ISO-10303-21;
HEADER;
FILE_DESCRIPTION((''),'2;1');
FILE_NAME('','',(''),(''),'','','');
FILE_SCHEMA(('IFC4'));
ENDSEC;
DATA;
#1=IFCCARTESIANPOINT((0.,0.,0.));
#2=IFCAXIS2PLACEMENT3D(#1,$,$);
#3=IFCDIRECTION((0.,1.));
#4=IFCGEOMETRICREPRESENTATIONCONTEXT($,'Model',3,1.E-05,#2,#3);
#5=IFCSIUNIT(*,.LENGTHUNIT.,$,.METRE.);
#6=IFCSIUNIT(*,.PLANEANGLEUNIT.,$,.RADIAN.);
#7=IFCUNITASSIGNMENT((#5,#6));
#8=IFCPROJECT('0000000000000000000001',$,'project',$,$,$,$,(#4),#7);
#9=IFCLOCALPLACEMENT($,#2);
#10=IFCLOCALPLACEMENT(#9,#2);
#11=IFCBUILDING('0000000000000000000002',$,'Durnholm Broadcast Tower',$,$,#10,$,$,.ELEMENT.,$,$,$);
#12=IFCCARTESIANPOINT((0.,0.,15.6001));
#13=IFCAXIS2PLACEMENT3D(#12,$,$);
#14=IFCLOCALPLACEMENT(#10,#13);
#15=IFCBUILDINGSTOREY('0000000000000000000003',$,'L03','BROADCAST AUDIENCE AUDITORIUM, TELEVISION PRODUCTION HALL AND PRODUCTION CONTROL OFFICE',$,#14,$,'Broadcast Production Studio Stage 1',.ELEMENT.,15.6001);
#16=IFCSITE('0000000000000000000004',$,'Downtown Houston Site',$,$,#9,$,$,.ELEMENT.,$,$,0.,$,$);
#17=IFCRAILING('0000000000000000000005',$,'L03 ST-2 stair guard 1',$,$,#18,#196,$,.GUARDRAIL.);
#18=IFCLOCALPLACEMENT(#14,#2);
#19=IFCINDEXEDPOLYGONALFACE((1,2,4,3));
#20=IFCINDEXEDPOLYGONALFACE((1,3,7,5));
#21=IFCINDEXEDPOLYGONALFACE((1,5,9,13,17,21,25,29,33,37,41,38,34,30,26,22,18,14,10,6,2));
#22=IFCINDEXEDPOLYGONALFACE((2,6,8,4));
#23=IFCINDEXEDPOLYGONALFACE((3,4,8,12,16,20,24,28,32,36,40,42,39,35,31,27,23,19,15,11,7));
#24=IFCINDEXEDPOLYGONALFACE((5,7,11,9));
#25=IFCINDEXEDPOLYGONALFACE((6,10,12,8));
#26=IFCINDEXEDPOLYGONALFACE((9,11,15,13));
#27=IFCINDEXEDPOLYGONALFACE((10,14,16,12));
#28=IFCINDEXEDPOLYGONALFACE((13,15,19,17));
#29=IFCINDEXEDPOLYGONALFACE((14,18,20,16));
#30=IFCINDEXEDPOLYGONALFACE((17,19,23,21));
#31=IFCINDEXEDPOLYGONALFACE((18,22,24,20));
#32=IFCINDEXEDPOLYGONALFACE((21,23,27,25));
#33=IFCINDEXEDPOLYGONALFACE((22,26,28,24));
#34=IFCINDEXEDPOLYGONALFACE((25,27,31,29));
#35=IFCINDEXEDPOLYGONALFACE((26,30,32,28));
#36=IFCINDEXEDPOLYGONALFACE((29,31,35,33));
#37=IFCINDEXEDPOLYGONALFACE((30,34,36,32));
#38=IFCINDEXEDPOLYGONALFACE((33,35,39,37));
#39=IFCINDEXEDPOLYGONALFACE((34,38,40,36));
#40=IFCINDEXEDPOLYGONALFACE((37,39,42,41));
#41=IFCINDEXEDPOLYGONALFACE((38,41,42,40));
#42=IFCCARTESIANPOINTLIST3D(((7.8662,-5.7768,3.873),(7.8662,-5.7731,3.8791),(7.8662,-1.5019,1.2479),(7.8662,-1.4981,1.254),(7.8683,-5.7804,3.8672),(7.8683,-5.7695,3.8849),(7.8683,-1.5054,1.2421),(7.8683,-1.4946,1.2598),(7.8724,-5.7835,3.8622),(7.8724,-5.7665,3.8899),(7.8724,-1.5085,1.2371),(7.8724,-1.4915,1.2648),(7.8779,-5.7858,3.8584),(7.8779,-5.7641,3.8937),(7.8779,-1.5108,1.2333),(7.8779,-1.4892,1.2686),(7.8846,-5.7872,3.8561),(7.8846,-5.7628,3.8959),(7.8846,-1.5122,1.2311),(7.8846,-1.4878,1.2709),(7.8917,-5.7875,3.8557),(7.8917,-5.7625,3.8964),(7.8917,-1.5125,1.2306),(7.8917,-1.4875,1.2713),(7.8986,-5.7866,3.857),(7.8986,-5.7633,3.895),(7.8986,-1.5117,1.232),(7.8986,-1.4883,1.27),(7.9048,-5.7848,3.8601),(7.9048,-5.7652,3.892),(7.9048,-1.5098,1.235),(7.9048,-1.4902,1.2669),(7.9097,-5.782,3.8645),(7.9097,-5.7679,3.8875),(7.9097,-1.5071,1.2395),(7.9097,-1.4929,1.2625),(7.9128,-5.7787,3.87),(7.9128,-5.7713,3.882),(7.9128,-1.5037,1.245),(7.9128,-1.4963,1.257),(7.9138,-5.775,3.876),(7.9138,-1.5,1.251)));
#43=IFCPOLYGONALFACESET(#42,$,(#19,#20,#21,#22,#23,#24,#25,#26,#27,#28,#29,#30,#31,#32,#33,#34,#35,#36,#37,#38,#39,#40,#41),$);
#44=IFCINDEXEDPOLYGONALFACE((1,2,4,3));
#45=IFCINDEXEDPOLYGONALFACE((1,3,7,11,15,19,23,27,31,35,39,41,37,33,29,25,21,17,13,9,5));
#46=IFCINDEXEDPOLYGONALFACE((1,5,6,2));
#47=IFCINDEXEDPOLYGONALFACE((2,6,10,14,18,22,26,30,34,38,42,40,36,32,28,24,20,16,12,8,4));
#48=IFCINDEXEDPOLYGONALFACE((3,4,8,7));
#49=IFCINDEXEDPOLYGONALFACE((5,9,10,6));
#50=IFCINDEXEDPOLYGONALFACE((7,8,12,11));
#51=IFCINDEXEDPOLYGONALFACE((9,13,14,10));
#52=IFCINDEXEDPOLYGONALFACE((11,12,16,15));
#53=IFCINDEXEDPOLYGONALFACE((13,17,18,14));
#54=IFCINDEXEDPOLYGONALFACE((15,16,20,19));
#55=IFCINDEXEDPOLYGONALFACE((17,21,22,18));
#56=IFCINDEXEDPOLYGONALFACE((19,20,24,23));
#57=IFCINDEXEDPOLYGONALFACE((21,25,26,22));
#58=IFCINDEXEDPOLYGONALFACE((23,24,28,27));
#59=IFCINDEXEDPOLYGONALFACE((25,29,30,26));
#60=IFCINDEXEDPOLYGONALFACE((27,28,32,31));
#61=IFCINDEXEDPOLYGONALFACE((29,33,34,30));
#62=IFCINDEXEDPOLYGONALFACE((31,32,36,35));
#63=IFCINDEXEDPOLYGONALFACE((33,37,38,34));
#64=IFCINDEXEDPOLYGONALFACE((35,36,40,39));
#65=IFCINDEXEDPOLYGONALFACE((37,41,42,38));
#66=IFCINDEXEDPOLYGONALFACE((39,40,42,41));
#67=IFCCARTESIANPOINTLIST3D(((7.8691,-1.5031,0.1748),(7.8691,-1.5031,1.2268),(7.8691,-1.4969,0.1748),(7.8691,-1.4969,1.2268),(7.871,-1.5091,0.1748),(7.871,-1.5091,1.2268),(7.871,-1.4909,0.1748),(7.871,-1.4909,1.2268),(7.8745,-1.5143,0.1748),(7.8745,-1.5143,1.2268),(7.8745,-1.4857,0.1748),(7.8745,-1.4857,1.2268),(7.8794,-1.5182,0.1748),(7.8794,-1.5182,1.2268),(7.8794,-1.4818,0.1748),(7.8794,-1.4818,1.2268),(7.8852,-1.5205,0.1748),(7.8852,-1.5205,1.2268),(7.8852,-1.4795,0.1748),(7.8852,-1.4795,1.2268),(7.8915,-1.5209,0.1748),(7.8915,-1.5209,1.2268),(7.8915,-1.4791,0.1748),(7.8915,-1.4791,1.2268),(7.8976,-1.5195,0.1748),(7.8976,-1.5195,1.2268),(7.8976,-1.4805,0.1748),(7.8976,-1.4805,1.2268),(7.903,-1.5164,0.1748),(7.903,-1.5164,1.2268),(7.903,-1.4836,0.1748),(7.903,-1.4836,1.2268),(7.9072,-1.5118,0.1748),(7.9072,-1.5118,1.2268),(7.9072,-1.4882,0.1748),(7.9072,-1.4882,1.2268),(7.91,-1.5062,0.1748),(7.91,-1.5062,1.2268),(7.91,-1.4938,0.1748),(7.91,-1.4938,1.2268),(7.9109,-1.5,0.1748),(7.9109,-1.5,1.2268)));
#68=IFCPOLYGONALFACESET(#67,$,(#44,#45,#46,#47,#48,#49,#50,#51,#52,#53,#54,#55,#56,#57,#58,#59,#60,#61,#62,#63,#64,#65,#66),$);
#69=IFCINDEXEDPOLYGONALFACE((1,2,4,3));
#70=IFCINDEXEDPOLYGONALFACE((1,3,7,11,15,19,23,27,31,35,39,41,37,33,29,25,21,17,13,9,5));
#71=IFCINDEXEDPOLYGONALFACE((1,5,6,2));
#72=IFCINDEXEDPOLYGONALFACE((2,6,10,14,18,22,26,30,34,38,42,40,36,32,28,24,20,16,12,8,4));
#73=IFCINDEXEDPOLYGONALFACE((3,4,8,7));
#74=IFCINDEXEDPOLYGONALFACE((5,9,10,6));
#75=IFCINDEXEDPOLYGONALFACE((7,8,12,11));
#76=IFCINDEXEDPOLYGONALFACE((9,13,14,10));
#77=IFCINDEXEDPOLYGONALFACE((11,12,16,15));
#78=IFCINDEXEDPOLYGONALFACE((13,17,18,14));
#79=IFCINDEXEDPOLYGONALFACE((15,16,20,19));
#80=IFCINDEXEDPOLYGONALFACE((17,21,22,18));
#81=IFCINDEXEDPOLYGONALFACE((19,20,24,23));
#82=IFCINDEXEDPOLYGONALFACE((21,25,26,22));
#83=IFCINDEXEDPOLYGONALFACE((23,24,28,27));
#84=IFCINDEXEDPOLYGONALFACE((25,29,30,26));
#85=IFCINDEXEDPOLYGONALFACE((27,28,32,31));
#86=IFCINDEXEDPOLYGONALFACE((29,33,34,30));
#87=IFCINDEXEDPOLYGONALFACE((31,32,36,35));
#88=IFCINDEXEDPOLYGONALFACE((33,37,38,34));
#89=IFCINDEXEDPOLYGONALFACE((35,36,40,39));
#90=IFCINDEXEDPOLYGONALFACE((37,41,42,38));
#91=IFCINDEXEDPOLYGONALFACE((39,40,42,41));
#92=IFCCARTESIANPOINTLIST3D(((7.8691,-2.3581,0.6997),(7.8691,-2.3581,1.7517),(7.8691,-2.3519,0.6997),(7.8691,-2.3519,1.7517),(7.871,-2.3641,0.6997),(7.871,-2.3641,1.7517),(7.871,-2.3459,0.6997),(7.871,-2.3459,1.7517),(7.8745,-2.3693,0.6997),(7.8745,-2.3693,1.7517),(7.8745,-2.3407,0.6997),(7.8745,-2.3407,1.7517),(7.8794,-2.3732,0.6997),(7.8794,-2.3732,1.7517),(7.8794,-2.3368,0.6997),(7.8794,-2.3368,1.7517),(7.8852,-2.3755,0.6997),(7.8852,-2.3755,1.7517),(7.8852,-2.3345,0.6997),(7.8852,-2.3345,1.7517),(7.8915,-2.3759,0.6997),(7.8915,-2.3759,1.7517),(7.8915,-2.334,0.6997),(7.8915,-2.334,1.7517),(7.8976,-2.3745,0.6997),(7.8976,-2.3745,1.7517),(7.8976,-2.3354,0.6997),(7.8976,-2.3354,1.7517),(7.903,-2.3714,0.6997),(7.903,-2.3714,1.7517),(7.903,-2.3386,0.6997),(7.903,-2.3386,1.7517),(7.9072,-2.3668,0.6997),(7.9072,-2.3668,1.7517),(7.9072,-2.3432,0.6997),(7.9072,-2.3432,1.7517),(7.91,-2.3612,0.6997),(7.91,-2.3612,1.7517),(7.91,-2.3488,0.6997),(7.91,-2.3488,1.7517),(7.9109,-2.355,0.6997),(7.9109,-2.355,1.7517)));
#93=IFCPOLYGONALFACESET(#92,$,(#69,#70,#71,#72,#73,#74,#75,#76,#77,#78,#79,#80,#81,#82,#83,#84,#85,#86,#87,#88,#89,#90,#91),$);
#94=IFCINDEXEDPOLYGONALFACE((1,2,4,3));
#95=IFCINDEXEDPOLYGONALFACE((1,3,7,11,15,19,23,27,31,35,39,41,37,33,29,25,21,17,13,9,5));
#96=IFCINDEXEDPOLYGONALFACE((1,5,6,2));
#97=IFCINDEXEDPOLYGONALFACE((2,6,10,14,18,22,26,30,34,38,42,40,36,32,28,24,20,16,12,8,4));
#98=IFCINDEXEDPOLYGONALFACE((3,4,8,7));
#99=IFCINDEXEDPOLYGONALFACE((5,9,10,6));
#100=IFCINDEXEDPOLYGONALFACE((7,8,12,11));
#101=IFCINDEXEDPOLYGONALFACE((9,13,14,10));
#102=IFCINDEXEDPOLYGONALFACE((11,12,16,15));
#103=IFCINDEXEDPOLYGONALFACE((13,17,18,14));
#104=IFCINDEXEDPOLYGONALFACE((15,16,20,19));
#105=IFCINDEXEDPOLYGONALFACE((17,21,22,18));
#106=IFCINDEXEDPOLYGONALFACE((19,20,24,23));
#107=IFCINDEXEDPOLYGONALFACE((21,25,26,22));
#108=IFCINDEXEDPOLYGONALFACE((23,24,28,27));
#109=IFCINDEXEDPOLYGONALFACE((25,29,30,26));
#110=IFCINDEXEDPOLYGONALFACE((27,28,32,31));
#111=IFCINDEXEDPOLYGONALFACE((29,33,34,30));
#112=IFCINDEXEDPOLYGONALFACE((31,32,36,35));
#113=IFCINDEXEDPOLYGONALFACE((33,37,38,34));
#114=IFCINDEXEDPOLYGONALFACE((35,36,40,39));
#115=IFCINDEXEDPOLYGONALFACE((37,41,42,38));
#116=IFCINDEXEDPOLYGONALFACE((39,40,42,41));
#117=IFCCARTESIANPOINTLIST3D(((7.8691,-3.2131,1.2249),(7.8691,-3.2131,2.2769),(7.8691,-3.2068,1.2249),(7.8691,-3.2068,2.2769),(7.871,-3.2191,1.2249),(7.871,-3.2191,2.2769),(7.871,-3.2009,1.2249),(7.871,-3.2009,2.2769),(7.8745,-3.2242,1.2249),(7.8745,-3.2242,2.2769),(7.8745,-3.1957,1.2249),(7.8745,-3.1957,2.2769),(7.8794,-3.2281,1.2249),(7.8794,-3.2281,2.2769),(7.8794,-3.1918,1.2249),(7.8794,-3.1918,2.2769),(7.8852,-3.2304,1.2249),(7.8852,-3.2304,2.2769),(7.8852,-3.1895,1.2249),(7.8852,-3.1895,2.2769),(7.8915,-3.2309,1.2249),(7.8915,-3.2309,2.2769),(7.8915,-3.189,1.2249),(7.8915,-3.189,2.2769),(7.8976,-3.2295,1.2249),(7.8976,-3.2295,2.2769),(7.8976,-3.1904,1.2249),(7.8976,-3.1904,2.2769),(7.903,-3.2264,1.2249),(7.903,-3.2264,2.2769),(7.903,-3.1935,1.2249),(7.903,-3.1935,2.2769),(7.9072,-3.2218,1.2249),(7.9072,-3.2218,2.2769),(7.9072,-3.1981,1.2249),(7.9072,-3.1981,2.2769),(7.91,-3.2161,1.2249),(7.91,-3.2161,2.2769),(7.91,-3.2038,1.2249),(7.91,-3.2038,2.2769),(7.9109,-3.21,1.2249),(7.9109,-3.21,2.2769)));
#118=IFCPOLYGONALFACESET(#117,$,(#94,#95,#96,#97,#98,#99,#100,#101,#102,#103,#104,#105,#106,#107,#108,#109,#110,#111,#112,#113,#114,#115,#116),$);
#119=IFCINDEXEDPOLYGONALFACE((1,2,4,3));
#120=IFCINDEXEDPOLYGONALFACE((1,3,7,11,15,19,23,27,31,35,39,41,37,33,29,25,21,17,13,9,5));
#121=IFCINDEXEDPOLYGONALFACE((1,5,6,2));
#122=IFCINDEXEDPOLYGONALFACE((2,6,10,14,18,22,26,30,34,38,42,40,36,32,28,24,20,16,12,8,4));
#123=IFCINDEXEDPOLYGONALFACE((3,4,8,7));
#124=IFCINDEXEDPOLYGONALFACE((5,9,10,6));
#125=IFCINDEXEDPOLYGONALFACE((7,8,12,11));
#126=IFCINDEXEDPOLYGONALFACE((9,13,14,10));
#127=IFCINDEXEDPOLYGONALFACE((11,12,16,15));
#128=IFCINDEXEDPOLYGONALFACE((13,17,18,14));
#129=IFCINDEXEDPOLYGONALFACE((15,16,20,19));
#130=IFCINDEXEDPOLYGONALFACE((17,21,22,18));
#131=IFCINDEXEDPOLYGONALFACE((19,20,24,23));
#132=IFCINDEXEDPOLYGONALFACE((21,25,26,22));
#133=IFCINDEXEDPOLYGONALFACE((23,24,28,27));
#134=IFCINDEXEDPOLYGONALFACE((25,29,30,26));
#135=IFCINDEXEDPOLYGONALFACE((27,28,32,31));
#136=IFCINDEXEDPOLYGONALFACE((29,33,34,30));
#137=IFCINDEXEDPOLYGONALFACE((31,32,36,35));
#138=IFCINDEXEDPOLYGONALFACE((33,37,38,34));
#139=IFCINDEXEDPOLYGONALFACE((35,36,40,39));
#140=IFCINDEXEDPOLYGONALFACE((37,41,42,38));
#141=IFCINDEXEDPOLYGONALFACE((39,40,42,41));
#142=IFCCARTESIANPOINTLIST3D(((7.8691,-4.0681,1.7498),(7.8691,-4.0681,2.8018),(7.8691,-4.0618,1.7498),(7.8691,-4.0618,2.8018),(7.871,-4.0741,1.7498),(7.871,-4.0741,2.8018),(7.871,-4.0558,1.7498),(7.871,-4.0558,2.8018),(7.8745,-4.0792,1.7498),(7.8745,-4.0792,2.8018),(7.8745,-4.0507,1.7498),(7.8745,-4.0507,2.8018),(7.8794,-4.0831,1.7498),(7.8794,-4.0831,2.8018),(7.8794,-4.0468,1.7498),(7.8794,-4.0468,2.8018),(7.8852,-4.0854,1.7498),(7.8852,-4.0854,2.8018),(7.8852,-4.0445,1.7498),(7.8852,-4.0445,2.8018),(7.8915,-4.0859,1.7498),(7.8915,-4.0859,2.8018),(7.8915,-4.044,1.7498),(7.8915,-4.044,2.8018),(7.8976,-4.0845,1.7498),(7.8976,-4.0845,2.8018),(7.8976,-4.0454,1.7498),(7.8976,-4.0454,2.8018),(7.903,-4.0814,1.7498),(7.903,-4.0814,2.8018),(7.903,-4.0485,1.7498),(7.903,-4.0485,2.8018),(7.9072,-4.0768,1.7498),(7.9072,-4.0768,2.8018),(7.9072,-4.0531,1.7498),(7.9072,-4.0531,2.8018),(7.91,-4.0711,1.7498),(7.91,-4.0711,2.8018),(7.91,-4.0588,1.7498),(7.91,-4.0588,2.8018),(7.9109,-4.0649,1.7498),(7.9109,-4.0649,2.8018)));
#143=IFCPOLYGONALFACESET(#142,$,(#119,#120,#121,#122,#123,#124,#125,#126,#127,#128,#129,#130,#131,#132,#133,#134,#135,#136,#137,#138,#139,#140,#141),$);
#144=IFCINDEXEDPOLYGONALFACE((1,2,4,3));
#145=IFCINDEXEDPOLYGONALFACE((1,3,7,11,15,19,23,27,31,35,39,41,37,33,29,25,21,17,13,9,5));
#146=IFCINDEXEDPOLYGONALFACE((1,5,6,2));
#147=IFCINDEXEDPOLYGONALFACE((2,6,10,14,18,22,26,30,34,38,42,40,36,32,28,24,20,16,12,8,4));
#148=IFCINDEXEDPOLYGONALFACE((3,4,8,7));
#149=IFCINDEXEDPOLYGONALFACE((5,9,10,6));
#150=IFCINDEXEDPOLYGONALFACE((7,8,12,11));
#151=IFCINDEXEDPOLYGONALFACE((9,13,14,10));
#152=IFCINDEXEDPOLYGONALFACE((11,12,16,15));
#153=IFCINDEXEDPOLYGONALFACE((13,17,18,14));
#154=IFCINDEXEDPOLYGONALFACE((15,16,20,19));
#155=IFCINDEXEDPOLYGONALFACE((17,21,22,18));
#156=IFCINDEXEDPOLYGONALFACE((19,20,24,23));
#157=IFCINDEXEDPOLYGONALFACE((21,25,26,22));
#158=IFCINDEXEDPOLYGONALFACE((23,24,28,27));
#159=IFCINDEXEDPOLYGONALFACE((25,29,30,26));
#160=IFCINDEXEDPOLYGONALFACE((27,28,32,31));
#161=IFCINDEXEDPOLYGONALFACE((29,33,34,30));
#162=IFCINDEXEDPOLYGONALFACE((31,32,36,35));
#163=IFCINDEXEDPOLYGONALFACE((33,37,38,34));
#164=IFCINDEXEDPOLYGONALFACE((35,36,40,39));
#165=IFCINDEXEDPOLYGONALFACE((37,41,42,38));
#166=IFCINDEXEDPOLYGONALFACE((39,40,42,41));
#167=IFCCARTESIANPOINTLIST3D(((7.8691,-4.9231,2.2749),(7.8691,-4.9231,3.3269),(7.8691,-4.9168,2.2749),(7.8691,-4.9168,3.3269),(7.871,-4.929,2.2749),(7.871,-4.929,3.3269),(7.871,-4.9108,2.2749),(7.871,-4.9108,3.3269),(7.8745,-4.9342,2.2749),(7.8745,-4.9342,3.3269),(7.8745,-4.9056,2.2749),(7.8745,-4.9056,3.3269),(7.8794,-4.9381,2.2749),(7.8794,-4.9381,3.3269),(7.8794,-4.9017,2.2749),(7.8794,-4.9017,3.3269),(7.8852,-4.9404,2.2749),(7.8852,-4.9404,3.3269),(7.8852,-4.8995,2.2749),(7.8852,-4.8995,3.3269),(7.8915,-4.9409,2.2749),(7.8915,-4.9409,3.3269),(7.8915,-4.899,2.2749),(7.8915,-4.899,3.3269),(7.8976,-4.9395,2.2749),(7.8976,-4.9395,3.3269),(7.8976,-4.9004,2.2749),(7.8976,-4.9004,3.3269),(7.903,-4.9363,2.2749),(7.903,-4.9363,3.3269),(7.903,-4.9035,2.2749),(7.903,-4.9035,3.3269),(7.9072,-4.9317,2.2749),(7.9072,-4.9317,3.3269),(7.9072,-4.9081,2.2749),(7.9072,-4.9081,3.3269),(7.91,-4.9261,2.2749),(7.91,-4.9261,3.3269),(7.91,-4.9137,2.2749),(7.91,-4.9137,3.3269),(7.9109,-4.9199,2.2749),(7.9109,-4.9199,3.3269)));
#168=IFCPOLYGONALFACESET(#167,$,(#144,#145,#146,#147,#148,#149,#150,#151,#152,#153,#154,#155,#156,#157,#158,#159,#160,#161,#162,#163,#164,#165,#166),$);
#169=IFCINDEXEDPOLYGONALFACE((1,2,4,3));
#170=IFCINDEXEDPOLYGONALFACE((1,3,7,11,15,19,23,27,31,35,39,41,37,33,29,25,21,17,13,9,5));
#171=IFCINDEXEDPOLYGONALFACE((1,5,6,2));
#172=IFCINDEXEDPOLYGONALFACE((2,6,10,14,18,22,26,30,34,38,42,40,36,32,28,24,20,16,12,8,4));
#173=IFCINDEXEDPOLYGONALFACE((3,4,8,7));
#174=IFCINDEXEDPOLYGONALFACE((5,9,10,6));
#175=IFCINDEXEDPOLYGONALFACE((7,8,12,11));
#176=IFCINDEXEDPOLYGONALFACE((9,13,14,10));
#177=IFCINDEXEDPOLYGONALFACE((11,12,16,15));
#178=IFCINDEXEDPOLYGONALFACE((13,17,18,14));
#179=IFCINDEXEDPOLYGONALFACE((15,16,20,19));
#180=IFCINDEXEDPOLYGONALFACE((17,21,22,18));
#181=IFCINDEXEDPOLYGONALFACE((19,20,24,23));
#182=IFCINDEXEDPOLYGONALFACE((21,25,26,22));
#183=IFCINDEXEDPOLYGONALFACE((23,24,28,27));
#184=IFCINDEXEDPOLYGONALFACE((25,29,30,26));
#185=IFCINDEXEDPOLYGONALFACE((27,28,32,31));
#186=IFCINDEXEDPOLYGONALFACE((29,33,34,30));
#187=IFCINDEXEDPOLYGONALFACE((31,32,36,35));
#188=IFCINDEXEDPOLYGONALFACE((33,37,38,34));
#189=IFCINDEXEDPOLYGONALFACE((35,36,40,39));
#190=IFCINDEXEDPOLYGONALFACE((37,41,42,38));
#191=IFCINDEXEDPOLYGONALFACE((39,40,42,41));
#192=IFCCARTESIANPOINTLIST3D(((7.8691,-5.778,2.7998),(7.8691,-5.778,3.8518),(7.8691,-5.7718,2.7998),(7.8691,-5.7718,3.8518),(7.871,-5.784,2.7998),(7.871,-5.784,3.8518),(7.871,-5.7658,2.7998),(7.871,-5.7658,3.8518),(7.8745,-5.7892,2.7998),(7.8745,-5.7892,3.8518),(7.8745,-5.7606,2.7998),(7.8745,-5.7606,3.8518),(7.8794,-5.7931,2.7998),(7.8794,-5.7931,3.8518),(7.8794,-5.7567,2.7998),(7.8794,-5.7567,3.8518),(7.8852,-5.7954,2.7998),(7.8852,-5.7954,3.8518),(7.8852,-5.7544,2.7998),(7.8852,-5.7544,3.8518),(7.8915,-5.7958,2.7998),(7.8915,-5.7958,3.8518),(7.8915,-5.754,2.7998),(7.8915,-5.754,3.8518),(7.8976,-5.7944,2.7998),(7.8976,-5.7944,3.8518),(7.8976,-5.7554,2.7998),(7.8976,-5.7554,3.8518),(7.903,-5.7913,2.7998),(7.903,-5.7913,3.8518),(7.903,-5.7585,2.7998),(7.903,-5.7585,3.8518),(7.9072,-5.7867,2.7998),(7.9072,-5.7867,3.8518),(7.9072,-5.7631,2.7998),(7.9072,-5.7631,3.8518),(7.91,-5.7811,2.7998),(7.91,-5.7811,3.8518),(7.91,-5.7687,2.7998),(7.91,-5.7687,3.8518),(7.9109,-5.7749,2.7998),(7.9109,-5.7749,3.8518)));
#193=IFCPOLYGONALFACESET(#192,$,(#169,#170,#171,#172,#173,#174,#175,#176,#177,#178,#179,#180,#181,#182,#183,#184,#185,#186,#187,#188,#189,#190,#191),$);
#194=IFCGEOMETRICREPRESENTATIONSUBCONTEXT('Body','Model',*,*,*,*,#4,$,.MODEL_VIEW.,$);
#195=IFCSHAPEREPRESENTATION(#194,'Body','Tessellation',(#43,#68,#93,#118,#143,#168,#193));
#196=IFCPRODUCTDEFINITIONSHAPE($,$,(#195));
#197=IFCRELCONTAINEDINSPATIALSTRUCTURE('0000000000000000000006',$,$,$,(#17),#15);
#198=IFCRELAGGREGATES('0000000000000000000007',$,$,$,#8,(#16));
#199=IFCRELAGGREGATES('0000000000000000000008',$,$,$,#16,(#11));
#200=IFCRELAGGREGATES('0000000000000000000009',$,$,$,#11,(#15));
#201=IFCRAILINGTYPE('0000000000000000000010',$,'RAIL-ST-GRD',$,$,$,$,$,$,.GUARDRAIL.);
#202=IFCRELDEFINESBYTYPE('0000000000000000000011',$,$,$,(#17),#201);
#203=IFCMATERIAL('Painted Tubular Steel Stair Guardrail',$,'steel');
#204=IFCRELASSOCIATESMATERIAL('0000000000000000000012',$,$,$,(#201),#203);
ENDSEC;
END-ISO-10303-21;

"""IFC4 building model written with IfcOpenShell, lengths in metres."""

from ifc_helpers import new_model, si_unit, direction, frame, origin, origin_2d, place, context, subcontext, project, spatial, circle, extrude, material, type_object, element, save


model = new_model("IFC4")

# Units and contexts
model_context = context("Model", 3, precision=1e-05, world=origin(), true_north=direction((0.0, 1.0)))
body_context = subcontext(model_context, "Body", "Model", "MODEL_VIEW")
ifc_project = project(units=[si_unit("LENGTHUNIT", "METRE"), si_unit("PLANEANGLEUNIT", "RADIAN")], contexts=[model_context])

# Site, building, storey
site_placement = place(None, origin())
site = spatial("IfcSite", under=ifc_project, at=site_placement, Name="Downtown Houston Site", CompositionType="ELEMENT", RefElevation=0.0)
building_placement = place(site_placement, origin())
building = spatial("IfcBuilding", under=site, at=building_placement, Name="Durnholm Broadcast Tower", CompositionType="ELEMENT")
storey_placement = place(building_placement, frame((0.0, 0.0, 15.6001)))
storey = spatial("IfcBuildingStorey", under=building, at=storey_placement, Name="L03", Description="BROADCAST AUDIENCE AUDITORIUM, TELEVISION PRODUCTION HALL AND PRODUCTION CONTROL OFFICE", LongName="Broadcast Production Studio Stage 1", CompositionType="ELEMENT", Elevation=15.6001)

# Railing
ifc_material_1 = material(Name="Painted Tubular Steel Stair Guardrail", Category="steel")
railing_type_1 = type_object("IfcRailingType", Name="RAIL-ST-GRD", PredefinedType="GUARDRAIL", material=ifc_material_1)
railing_1_placement = place(storey_placement, frame((7.8899, -1.5, 0.1748)))
element("IfcRailing", 1, at=railing_1_placement, inside=storey, type_object=railing_type_1, Name="L03 ST-2 stair guard 1", PredefinedType="GUARDRAIL", context=body_context, shape_type="SweptSolid", body=[
    extrude(circle(Radius=0.0239, at=origin_2d()), frame((0.0, 0.0, 1.0762), z_axis=(0.0, -0.852166, 0.523272), x_axis=(1.0, 0.0, 0.0)), (0.0, 0.0, 1.0), 5.0166),
    extrude(circle(Radius=0.021, at=origin_2d()), origin(), (0.0, 0.0, 1.0), 1.052),
    extrude(circle(Radius=0.021, at=origin_2d()), frame((0.0, -0.855, 0.5249)), (0.0, 0.0, 1.0), 1.052),
    extrude(circle(Radius=0.021, at=origin_2d()), frame((0.0, -1.71, 1.05)), (0.0, 0.0, 1.0), 1.052),
    extrude(circle(Radius=0.021, at=origin_2d()), frame((0.0, -2.5649, 1.575)), (0.0, 0.0, 1.0), 1.052),
    extrude(circle(Radius=0.021, at=origin_2d()), frame((0.0, -3.4199, 2.1001)), (0.0, 0.0, 1.0), 1.052),
    extrude(circle(Radius=0.021, at=origin_2d()), frame((0.0, -4.2749, 2.625)), (0.0, 0.0, 1.0), 1.052),
])

save(model, "model.ifc")
